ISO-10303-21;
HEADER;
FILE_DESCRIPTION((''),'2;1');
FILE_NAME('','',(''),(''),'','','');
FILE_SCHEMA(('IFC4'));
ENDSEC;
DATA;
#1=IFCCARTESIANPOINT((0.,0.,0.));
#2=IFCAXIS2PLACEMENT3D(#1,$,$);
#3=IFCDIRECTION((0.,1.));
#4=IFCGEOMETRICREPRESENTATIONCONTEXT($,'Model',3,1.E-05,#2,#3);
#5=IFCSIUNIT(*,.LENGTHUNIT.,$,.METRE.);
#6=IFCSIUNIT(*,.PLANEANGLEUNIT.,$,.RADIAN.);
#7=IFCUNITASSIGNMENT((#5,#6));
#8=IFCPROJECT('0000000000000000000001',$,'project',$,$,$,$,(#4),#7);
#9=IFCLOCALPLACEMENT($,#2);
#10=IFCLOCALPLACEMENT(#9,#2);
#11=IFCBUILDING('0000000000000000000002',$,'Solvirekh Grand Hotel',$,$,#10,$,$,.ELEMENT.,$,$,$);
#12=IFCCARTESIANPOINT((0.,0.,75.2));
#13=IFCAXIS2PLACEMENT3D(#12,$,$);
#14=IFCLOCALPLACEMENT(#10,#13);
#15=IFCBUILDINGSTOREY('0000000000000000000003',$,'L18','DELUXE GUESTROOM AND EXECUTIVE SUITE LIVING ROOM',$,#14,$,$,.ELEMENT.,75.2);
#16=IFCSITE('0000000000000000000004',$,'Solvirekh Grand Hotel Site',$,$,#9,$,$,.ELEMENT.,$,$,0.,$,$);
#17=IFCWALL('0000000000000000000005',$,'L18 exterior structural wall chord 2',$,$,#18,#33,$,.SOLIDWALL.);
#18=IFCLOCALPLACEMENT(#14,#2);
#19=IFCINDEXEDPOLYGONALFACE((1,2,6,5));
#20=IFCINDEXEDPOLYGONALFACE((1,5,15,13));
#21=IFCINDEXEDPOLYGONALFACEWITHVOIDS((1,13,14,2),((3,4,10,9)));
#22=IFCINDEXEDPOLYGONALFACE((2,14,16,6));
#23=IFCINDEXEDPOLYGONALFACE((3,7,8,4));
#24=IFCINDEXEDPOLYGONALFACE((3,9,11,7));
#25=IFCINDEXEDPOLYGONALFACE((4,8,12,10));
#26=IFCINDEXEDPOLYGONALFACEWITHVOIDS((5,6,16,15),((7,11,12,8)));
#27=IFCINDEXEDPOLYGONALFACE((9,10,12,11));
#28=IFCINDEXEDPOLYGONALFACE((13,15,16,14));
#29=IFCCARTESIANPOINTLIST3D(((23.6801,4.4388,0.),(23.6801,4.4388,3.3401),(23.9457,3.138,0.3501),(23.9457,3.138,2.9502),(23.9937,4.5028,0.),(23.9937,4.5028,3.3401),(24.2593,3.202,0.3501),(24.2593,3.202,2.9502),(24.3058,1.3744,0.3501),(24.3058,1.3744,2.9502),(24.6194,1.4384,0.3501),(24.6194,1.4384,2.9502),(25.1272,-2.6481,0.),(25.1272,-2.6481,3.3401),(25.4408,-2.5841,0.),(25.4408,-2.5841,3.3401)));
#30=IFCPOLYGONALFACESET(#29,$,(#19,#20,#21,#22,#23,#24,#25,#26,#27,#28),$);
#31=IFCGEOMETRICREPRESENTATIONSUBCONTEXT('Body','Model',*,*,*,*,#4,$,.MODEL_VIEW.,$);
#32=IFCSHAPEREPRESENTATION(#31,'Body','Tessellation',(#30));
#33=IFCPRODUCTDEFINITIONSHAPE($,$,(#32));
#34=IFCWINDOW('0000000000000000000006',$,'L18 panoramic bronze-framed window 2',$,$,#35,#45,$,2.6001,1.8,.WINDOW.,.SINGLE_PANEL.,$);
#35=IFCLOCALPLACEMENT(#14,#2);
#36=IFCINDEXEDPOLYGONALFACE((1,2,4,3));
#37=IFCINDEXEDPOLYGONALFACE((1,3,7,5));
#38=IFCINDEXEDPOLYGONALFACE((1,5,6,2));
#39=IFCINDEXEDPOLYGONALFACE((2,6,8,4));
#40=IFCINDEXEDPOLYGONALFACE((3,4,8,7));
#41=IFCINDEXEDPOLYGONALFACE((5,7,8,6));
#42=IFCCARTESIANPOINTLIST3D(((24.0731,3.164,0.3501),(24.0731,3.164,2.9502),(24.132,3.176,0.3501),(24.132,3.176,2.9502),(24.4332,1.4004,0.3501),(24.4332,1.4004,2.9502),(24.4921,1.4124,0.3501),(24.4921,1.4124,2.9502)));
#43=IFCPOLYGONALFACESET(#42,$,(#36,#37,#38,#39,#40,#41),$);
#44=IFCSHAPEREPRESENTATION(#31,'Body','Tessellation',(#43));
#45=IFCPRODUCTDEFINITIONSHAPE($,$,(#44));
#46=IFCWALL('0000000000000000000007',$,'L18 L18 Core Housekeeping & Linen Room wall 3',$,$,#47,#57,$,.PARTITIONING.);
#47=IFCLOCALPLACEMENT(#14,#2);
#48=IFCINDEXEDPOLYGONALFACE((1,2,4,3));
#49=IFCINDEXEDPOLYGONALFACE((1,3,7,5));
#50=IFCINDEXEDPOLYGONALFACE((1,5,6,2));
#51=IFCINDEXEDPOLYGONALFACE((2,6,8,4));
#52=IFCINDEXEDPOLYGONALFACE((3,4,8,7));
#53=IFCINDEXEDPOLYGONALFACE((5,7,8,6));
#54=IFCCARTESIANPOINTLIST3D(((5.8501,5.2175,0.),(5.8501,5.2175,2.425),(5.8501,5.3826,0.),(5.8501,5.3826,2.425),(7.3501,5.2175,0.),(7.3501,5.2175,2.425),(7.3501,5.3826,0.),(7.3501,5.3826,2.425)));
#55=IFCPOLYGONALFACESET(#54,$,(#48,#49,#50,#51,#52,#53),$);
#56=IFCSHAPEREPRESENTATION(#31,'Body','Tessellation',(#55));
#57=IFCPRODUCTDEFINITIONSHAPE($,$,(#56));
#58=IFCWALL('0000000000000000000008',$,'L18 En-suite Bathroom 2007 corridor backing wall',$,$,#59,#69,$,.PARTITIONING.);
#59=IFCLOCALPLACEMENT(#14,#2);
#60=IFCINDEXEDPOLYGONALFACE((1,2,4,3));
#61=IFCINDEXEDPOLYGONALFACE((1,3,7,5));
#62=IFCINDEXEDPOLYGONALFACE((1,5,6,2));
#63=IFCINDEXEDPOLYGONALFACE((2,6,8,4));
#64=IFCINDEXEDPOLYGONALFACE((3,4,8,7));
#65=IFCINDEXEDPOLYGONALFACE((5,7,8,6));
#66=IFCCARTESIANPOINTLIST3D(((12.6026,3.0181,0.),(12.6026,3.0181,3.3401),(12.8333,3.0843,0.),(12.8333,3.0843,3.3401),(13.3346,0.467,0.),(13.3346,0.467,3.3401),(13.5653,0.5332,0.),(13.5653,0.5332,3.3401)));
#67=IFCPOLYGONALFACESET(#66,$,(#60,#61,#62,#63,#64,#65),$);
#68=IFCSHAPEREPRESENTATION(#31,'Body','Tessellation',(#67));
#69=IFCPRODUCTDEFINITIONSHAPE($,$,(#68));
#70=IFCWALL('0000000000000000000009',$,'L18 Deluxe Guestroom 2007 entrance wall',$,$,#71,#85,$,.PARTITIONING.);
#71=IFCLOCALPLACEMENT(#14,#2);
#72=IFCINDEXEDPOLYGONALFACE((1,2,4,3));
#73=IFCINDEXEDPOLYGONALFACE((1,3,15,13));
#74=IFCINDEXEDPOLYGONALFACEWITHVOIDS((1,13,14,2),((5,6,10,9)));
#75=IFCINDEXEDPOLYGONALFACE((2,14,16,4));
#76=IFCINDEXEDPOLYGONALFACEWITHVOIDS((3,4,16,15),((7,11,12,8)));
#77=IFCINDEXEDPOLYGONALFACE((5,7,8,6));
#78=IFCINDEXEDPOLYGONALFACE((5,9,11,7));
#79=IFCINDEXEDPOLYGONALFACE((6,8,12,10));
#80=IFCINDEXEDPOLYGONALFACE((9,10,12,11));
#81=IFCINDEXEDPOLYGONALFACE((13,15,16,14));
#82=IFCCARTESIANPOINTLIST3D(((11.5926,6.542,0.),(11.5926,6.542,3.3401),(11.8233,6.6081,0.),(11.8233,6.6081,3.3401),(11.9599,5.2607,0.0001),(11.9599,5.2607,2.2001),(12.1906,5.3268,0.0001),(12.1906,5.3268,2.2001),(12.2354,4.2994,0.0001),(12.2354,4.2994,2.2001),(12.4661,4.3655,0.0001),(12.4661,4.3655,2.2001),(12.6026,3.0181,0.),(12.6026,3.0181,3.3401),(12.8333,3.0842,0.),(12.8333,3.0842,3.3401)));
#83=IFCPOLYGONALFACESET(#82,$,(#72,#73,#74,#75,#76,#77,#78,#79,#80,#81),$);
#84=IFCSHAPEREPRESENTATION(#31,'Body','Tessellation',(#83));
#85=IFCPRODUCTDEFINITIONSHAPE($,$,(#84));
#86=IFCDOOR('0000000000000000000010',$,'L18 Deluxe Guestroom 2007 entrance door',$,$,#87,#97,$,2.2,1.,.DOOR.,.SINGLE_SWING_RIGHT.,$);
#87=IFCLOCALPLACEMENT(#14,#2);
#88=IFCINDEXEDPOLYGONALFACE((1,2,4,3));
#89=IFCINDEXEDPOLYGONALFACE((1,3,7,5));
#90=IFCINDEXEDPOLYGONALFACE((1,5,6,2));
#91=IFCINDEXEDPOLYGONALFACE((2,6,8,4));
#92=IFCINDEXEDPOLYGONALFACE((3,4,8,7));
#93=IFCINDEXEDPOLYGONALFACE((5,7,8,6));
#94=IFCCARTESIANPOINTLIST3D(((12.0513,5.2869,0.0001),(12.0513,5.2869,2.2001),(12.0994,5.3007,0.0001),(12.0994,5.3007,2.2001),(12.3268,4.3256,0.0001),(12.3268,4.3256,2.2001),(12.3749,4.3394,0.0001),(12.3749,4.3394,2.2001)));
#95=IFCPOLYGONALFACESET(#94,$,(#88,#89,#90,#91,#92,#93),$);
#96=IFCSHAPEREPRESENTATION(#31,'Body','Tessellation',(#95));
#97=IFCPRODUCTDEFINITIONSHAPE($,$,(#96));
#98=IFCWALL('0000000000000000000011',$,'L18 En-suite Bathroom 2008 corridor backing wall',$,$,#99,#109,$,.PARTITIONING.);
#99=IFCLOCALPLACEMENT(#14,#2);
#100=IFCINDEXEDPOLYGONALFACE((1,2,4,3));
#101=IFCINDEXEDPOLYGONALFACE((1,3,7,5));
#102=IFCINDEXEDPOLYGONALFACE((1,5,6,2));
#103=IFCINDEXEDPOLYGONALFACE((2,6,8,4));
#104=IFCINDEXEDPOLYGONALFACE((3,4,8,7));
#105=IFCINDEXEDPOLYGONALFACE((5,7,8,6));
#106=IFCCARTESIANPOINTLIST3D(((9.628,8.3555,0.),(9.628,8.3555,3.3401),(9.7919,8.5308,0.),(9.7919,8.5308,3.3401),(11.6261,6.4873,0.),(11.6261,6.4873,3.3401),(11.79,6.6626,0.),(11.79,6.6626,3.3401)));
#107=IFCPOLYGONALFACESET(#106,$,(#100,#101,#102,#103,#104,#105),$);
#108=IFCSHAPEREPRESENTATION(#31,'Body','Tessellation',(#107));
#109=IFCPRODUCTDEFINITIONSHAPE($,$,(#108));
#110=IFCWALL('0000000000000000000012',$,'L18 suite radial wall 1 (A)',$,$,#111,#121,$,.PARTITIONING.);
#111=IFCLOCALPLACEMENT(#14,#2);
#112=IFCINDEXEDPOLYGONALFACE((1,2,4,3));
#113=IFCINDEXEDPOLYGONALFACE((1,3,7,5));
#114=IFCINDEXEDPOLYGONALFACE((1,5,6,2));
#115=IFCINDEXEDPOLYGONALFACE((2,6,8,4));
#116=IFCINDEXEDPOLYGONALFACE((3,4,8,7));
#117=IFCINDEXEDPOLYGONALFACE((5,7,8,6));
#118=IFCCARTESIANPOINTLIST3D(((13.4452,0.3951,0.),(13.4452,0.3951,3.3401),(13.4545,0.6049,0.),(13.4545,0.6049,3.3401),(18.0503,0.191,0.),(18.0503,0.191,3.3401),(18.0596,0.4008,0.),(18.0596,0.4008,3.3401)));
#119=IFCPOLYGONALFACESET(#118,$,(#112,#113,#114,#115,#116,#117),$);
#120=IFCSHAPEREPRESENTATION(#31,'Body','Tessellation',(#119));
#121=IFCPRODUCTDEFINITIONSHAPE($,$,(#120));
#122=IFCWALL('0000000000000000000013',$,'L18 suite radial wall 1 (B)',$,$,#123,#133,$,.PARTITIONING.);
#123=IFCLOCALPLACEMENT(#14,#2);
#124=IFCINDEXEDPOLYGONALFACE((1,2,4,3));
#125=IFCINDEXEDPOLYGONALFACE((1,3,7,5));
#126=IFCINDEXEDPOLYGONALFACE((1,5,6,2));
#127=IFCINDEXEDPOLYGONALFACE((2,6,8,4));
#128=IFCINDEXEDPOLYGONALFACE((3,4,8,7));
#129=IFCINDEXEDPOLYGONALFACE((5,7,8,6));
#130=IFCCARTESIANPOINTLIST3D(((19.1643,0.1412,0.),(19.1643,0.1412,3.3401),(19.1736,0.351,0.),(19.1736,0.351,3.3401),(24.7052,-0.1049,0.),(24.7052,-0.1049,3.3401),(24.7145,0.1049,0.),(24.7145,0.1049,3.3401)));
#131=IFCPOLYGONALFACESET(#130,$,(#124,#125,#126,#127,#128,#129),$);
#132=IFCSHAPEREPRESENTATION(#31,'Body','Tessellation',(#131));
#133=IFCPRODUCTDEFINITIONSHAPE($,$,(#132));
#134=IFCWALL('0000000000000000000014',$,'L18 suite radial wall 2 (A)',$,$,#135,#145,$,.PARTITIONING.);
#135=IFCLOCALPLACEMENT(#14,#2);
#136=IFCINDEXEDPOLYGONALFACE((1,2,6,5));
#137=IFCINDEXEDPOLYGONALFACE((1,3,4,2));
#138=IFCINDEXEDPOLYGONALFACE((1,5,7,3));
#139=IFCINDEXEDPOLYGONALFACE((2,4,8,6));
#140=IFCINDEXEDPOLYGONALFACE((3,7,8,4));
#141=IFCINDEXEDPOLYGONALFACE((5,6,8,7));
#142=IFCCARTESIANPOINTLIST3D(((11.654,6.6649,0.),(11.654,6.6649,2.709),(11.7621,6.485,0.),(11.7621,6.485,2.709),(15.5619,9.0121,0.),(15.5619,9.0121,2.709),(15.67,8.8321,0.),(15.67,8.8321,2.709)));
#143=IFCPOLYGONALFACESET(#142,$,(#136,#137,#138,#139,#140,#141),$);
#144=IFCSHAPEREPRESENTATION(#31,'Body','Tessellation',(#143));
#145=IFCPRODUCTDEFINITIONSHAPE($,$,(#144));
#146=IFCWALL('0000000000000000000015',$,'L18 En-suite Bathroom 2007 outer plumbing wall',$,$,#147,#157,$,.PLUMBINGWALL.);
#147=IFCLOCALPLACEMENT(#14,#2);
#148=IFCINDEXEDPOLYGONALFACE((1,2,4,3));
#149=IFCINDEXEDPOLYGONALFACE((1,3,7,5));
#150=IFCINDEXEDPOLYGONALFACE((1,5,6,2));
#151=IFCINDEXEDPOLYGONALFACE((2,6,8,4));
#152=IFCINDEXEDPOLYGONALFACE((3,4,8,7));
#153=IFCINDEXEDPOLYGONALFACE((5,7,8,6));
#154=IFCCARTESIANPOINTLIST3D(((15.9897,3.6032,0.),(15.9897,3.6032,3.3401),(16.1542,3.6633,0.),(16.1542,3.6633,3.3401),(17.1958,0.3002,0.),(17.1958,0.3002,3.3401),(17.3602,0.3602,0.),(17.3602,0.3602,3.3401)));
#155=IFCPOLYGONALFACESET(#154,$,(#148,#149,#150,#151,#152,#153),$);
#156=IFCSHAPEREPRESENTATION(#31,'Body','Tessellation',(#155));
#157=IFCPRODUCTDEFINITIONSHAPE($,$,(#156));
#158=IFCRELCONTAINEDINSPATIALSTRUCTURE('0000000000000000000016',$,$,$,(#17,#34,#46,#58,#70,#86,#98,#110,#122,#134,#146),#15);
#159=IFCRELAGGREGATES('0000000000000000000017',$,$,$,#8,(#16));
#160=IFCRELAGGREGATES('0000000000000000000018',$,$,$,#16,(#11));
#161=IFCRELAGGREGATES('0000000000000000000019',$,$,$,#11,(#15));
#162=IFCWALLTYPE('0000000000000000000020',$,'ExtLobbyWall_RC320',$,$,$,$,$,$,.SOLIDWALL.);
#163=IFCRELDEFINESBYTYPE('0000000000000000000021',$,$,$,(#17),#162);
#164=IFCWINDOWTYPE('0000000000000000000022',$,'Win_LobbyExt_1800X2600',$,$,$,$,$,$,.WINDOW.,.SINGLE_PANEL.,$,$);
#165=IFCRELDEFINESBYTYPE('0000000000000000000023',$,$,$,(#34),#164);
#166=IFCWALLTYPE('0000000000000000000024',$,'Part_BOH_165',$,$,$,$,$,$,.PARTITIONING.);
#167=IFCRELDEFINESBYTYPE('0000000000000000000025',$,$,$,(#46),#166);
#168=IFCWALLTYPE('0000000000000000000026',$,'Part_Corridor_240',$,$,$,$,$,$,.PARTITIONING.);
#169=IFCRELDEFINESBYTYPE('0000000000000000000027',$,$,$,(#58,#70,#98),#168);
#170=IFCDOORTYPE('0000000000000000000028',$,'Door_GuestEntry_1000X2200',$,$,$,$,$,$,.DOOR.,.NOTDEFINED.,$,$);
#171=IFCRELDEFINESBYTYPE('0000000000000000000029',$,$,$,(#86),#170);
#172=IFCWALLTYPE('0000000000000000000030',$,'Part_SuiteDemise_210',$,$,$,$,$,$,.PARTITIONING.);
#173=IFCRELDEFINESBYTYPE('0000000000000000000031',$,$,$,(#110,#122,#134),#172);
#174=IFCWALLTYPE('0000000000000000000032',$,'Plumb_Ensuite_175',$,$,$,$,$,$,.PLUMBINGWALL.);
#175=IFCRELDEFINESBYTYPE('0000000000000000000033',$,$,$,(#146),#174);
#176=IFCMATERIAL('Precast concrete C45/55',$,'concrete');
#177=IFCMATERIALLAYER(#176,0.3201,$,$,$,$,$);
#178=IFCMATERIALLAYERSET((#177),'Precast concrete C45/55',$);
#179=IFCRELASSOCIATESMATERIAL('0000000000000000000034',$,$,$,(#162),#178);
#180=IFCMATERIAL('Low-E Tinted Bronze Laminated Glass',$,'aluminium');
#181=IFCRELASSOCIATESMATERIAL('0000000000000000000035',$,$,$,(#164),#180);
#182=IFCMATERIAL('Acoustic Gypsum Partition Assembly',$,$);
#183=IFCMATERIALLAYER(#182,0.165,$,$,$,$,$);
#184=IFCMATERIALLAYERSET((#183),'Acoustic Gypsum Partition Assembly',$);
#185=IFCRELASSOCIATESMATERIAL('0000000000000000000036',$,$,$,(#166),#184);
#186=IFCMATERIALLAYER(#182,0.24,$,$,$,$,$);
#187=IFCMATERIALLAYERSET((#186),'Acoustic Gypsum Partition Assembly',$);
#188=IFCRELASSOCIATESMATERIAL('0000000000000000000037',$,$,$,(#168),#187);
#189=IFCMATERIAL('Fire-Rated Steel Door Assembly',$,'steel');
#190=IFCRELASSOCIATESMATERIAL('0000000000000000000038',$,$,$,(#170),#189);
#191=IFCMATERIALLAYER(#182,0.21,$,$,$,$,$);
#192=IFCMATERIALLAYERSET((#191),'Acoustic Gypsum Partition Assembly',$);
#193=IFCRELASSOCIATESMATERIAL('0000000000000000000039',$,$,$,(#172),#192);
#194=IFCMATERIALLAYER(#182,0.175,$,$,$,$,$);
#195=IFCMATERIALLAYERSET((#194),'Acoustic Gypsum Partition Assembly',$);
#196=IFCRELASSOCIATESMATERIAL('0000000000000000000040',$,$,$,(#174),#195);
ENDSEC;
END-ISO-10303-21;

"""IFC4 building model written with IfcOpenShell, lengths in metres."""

from ifc_helpers import new_model, si_unit, direction, frame, frame_2d, origin, place, context, subcontext, project, spatial, rectangle, extrude, material, layer, layer_set, type_object, element, fill, save


model = new_model("IFC4")

# Units and contexts
model_context = context("Model", 3, precision=1e-05, world=origin(), true_north=direction((0.0, 1.0)))
body_context = subcontext(model_context, "Body", "Model", "MODEL_VIEW")
ifc_project = project(units=[si_unit("LENGTHUNIT", "METRE"), si_unit("PLANEANGLEUNIT", "RADIAN")], contexts=[model_context])

# Site, building, storey
site_placement = place(None, origin())
site = spatial("IfcSite", under=ifc_project, at=site_placement, Name="Solvirekh Grand Hotel Site", CompositionType="ELEMENT", RefElevation=0.0)
building_placement = place(site_placement, origin())
building = spatial("IfcBuilding", under=site, at=building_placement, Name="Solvirekh Grand Hotel", CompositionType="ELEMENT")
storey_placement = place(building_placement, frame((0.0, 0.0, 75.2)))
storey = spatial("IfcBuildingStorey", under=building, at=storey_placement, Name="L18", Description="DELUXE GUESTROOM AND EXECUTIVE SUITE LIVING ROOM", CompositionType="ELEMENT", Elevation=75.2)

# Shared definitions
ifc_material_1 = material(Name="Low-E Tinted Bronze Laminated Glass", Category="aluminium")

# Wall, opening, window
ifc_material_2 = material(Name="Precast concrete C45/55", Category="concrete")
ifc_layer_1 = layer(ifc_material_2, 0.3201)
ifc_layer_set_1 = layer_set([ifc_layer_1], Name="Precast concrete C45/55")
wall_type_1 = type_object("IfcWallType", Name="ExtLobbyWall_RC320", PredefinedType="SOLIDWALL", material=ifc_layer_set_1)
wall_1_placement = place(storey_placement, frame((23.8369, 4.4709, 0.0), z_axis=(0.0, 0.0, 1.0), x_axis=(0.200055, -0.979785, 0.0)))
wall_1 = element("IfcWall", 1, at=wall_1_placement, inside=storey, type_object=wall_type_1, Name="L18 exterior structural wall chord 2", PredefinedType="SOLIDWALL", context=body_context, shape_type="SweptSolid", body=[
    extrude(rectangle(XDim=7.2332, YDim=0.3201, at=frame_2d((3.6167, 0.0))), origin(), (0.0, 0.0, 1.0), 3.3401),
])
opening_1_placement = place(wall_1_placement, frame((1.3279, 0.0, 0.3501)))
opening_1 = element("IfcOpeningElement", 2, at=opening_1_placement, cuts=wall_1, PredefinedType="OPENING", context=body_context, shape_type="SweptSolid", body=[
    extrude(rectangle(XDim=1.8, YDim=2.6001, at=frame_2d((0.8999, 1.3))), frame((0.0, 0.1699, 0.0), z_axis=(0.0, -1.0, 0.0), x_axis=(1.0, 0.0, 0.0)), (0.0, 0.0, 1.0), 0.3401),
])
window_type = type_object("IfcWindowType", Name="Win_LobbyExt_1800X2600", PartitioningType="SINGLE_PANEL", PredefinedType="WINDOW", material=ifc_material_1)
window_placement = place(opening_1_placement, origin())
window = element("IfcWindow", 3, at=window_placement, inside=storey, type_object=window_type, Name="L18 panoramic bronze-framed window 2", OverallHeight=2.6001, OverallWidth=1.8, PartitioningType="SINGLE_PANEL", PredefinedType="WINDOW", context=body_context, shape_type="SweptSolid", body=[
    extrude(rectangle(XDim=1.8, YDim=2.6001, at=frame_2d((0.8999, 1.3))), frame((0.0, 0.03, 0.0), z_axis=(0.0, -1.0, 0.0), x_axis=(1.0, 0.0, 0.0)), (0.0, 0.0, 1.0), 0.0601),
])
fill(opening_1, window)

# Walls
ifc_material_3 = material(Name="Acoustic Gypsum Partition Assembly")
ifc_layer_2 = layer(ifc_material_3, 0.165)
ifc_layer_set_2 = layer_set([ifc_layer_2], Name="Acoustic Gypsum Partition Assembly")
wall_type_2 = type_object("IfcWallType", Name="Part_BOH_165", PredefinedType="PARTITIONING", material=ifc_layer_set_2)
wall_2_placement = place(storey_placement, frame((7.3501, 5.3, 0.0), z_axis=(0.0, 0.0, 1.0), x_axis=(-1.0, 0.0, 0.0)))
element("IfcWall", 4, at=wall_2_placement, inside=storey, type_object=wall_type_2, Name="L18 L18 Core Housekeeping & Linen Room wall 3", PredefinedType="PARTITIONING", context=body_context, shape_type="SweptSolid", body=[
    extrude(rectangle(XDim=1.5, YDim=0.165, at=frame_2d((0.75, 0.0))), origin(), (0.0, 0.0, 1.0), 2.425),
])
ifc_layer_3 = layer(ifc_material_3, 0.24)
ifc_layer_set_3 = layer_set([ifc_layer_3], Name="Acoustic Gypsum Partition Assembly")
wall_type_3 = type_object("IfcWallType", Name="Part_Corridor_240", PredefinedType="PARTITIONING", material=ifc_layer_set_3)
wall_3_placement = place(storey_placement, frame((13.45, 0.5, 0.0), z_axis=(0.0, 0.0, 1.0), x_axis=(-0.27579, 0.961218, 0.0)))
element("IfcWall", 5, at=wall_3_placement, inside=storey, type_object=wall_type_3, Name="L18 En-suite Bathroom 2007 corridor backing wall", PredefinedType="PARTITIONING", context=body_context, shape_type="SweptSolid", body=[
    extrude(rectangle(XDim=2.6541, YDim=0.24, at=frame_2d((1.3271, 0.0))), origin(), (0.0, 0.0, 1.0), 3.3401),
])

# Wall, opening, door
wall_4_placement = place(storey_placement, frame((12.718, 3.051, 0.0), z_axis=(0.0, 0.0, 1.0), x_axis=(-0.275521, 0.961295, 0.0)))
wall_4 = element("IfcWall", 6, at=wall_4_placement, inside=storey, type_object=wall_type_3, Name="L18 Deluxe Guestroom 2007 entrance wall", PredefinedType="PARTITIONING", context=body_context, shape_type="SweptSolid", body=[
    extrude(rectangle(XDim=3.6658, YDim=0.24, at=frame_2d((1.833, 0.0))), origin(), (0.0, 0.0, 1.0), 3.3401),
])
opening_2_placement = place(wall_4_placement, frame((1.333, 0.0, 0.0)))
opening_2 = element("IfcOpeningElement", 7, at=opening_2_placement, cuts=wall_4, PredefinedType="OPENING", context=body_context, shape_type="SweptSolid", body=[
    extrude(rectangle(XDim=1.0, YDim=2.2, at=frame_2d((0.5, 1.1001))), frame((0.0, 0.1299, 0.0), z_axis=(0.0, -1.0, 0.0), x_axis=(1.0, 0.0, 0.0)), (0.0, 0.0, 1.0), 0.26),
])
ifc_material_4 = material(Name="Fire-Rated Steel Door Assembly", Category="steel")
door_type_1 = type_object("IfcDoorType", Name="Door_GuestEntry_1000X2200", OperationType="NOTDEFINED", PredefinedType="DOOR", material=ifc_material_4)
door_1_placement = place(opening_2_placement, origin())
door_1 = element("IfcDoor", 8, at=door_1_placement, inside=storey, type_object=door_type_1, Name="L18 Deluxe Guestroom 2007 entrance door", OperationType="SINGLE_SWING_RIGHT", OverallHeight=2.2, OverallWidth=1.0, PredefinedType="DOOR", context=body_context, shape_type="SweptSolid", body=[
    extrude(rectangle(XDim=1.0, YDim=2.2, at=frame_2d((0.5, 1.1001))), frame((0.0, 0.0249, 0.0), z_axis=(0.0, -1.0, 0.0), x_axis=(1.0, 0.0, 0.0)), (0.0, 0.0, 1.0), 0.05),
])
fill(opening_2, door_1)

# Walls
wall_5_placement = place(storey_placement, frame((11.708, 6.575, 0.0), z_axis=(0.0, 0.0, 1.0), x_axis=(-0.730449, 0.682967, 0.0)))
element("IfcWall", 9, at=wall_5_placement, inside=storey, type_object=wall_type_3, Name="L18 En-suite Bathroom 2008 corridor backing wall", PredefinedType="PARTITIONING", context=body_context, shape_type="SweptSolid", body=[
    extrude(rectangle(XDim=2.7354, YDim=0.24, at=frame_2d((1.3677, 0.0))), origin(), (0.0, 0.0, 1.0), 3.3401),
])
ifc_layer_4 = layer(ifc_material_3, 0.21)
ifc_layer_set_4 = layer_set([ifc_layer_4], Name="Acoustic Gypsum Partition Assembly")
wall_type_4 = type_object("IfcWallType", Name="Part_SuiteDemise_210", PredefinedType="PARTITIONING", material=ifc_layer_set_4)
wall_6_placement = place(storey_placement, frame((13.45, 0.5, 0.0), z_axis=(0.0, 0.0, 1.0), x_axis=(0.999019, -0.044278, 0.0)))
element("IfcWall", 10, at=wall_6_placement, inside=storey, type_object=wall_type_4, Name="L18 suite radial wall 1 (A)", PredefinedType="PARTITIONING", context=body_context, shape_type="SweptSolid", body=[
    extrude(rectangle(XDim=4.6096, YDim=0.21, at=frame_2d((2.3047, 0.0))), origin(), (0.0, 0.0, 1.0), 3.3401),
])
wall_7_placement = place(storey_placement, frame((19.1689, 0.2461, 0.0), z_axis=(0.0, 0.0, 1.0), x_axis=(0.999015, -0.044369, 0.0)))
element("IfcWall", 11, at=wall_7_placement, inside=storey, type_object=wall_type_4, Name="L18 suite radial wall 1 (B)", PredefinedType="PARTITIONING", context=body_context, shape_type="SweptSolid", body=[
    extrude(rectangle(XDim=5.5464, YDim=0.21, at=frame_2d((2.7732, 0.0))), origin(), (0.0, 0.0, 1.0), 3.3401),
])
wall_8_placement = place(storey_placement, frame((11.708, 6.575, 0.0), z_axis=(0.0, 0.0, 1.0), x_axis=(0.857261, 0.514882, 0.0)))
element("IfcWall", 12, at=wall_8_placement, inside=storey, type_object=wall_type_4, Name="L18 suite radial wall 2 (A)", PredefinedType="PARTITIONING", context=body_context, shape_type="SweptSolid", body=[
    extrude(rectangle(XDim=4.5586, YDim=0.21, at=frame_2d((2.2793, 0.0))), origin(), (0.0, 0.0, 1.0), 2.709),
])
ifc_layer_5 = layer(ifc_material_3, 0.175)
ifc_layer_set_5 = layer_set([ifc_layer_5], Name="Acoustic Gypsum Partition Assembly")
wall_type_5 = type_object("IfcWallType", Name="Plumb_Ensuite_175", PredefinedType="PLUMBINGWALL", material=ifc_layer_set_5)
wall_9_placement = place(storey_placement, frame((17.2781, 0.3301, 0.0), z_axis=(0.0, 0.0, 1.0), x_axis=(-0.342992, 0.939339, 0.0)))
element("IfcWall", 13, at=wall_9_placement, inside=storey, type_object=wall_type_5, Name="L18 En-suite Bathroom 2007 outer plumbing wall", PredefinedType="PLUMBINGWALL", context=body_context, shape_type="SweptSolid", body=[
    extrude(rectangle(XDim=3.5164, YDim=0.175, at=frame_2d((1.7583, 0.0))), origin(), (0.0, 0.0, 1.0), 3.3401),
])

save(model, "model.ifc")
